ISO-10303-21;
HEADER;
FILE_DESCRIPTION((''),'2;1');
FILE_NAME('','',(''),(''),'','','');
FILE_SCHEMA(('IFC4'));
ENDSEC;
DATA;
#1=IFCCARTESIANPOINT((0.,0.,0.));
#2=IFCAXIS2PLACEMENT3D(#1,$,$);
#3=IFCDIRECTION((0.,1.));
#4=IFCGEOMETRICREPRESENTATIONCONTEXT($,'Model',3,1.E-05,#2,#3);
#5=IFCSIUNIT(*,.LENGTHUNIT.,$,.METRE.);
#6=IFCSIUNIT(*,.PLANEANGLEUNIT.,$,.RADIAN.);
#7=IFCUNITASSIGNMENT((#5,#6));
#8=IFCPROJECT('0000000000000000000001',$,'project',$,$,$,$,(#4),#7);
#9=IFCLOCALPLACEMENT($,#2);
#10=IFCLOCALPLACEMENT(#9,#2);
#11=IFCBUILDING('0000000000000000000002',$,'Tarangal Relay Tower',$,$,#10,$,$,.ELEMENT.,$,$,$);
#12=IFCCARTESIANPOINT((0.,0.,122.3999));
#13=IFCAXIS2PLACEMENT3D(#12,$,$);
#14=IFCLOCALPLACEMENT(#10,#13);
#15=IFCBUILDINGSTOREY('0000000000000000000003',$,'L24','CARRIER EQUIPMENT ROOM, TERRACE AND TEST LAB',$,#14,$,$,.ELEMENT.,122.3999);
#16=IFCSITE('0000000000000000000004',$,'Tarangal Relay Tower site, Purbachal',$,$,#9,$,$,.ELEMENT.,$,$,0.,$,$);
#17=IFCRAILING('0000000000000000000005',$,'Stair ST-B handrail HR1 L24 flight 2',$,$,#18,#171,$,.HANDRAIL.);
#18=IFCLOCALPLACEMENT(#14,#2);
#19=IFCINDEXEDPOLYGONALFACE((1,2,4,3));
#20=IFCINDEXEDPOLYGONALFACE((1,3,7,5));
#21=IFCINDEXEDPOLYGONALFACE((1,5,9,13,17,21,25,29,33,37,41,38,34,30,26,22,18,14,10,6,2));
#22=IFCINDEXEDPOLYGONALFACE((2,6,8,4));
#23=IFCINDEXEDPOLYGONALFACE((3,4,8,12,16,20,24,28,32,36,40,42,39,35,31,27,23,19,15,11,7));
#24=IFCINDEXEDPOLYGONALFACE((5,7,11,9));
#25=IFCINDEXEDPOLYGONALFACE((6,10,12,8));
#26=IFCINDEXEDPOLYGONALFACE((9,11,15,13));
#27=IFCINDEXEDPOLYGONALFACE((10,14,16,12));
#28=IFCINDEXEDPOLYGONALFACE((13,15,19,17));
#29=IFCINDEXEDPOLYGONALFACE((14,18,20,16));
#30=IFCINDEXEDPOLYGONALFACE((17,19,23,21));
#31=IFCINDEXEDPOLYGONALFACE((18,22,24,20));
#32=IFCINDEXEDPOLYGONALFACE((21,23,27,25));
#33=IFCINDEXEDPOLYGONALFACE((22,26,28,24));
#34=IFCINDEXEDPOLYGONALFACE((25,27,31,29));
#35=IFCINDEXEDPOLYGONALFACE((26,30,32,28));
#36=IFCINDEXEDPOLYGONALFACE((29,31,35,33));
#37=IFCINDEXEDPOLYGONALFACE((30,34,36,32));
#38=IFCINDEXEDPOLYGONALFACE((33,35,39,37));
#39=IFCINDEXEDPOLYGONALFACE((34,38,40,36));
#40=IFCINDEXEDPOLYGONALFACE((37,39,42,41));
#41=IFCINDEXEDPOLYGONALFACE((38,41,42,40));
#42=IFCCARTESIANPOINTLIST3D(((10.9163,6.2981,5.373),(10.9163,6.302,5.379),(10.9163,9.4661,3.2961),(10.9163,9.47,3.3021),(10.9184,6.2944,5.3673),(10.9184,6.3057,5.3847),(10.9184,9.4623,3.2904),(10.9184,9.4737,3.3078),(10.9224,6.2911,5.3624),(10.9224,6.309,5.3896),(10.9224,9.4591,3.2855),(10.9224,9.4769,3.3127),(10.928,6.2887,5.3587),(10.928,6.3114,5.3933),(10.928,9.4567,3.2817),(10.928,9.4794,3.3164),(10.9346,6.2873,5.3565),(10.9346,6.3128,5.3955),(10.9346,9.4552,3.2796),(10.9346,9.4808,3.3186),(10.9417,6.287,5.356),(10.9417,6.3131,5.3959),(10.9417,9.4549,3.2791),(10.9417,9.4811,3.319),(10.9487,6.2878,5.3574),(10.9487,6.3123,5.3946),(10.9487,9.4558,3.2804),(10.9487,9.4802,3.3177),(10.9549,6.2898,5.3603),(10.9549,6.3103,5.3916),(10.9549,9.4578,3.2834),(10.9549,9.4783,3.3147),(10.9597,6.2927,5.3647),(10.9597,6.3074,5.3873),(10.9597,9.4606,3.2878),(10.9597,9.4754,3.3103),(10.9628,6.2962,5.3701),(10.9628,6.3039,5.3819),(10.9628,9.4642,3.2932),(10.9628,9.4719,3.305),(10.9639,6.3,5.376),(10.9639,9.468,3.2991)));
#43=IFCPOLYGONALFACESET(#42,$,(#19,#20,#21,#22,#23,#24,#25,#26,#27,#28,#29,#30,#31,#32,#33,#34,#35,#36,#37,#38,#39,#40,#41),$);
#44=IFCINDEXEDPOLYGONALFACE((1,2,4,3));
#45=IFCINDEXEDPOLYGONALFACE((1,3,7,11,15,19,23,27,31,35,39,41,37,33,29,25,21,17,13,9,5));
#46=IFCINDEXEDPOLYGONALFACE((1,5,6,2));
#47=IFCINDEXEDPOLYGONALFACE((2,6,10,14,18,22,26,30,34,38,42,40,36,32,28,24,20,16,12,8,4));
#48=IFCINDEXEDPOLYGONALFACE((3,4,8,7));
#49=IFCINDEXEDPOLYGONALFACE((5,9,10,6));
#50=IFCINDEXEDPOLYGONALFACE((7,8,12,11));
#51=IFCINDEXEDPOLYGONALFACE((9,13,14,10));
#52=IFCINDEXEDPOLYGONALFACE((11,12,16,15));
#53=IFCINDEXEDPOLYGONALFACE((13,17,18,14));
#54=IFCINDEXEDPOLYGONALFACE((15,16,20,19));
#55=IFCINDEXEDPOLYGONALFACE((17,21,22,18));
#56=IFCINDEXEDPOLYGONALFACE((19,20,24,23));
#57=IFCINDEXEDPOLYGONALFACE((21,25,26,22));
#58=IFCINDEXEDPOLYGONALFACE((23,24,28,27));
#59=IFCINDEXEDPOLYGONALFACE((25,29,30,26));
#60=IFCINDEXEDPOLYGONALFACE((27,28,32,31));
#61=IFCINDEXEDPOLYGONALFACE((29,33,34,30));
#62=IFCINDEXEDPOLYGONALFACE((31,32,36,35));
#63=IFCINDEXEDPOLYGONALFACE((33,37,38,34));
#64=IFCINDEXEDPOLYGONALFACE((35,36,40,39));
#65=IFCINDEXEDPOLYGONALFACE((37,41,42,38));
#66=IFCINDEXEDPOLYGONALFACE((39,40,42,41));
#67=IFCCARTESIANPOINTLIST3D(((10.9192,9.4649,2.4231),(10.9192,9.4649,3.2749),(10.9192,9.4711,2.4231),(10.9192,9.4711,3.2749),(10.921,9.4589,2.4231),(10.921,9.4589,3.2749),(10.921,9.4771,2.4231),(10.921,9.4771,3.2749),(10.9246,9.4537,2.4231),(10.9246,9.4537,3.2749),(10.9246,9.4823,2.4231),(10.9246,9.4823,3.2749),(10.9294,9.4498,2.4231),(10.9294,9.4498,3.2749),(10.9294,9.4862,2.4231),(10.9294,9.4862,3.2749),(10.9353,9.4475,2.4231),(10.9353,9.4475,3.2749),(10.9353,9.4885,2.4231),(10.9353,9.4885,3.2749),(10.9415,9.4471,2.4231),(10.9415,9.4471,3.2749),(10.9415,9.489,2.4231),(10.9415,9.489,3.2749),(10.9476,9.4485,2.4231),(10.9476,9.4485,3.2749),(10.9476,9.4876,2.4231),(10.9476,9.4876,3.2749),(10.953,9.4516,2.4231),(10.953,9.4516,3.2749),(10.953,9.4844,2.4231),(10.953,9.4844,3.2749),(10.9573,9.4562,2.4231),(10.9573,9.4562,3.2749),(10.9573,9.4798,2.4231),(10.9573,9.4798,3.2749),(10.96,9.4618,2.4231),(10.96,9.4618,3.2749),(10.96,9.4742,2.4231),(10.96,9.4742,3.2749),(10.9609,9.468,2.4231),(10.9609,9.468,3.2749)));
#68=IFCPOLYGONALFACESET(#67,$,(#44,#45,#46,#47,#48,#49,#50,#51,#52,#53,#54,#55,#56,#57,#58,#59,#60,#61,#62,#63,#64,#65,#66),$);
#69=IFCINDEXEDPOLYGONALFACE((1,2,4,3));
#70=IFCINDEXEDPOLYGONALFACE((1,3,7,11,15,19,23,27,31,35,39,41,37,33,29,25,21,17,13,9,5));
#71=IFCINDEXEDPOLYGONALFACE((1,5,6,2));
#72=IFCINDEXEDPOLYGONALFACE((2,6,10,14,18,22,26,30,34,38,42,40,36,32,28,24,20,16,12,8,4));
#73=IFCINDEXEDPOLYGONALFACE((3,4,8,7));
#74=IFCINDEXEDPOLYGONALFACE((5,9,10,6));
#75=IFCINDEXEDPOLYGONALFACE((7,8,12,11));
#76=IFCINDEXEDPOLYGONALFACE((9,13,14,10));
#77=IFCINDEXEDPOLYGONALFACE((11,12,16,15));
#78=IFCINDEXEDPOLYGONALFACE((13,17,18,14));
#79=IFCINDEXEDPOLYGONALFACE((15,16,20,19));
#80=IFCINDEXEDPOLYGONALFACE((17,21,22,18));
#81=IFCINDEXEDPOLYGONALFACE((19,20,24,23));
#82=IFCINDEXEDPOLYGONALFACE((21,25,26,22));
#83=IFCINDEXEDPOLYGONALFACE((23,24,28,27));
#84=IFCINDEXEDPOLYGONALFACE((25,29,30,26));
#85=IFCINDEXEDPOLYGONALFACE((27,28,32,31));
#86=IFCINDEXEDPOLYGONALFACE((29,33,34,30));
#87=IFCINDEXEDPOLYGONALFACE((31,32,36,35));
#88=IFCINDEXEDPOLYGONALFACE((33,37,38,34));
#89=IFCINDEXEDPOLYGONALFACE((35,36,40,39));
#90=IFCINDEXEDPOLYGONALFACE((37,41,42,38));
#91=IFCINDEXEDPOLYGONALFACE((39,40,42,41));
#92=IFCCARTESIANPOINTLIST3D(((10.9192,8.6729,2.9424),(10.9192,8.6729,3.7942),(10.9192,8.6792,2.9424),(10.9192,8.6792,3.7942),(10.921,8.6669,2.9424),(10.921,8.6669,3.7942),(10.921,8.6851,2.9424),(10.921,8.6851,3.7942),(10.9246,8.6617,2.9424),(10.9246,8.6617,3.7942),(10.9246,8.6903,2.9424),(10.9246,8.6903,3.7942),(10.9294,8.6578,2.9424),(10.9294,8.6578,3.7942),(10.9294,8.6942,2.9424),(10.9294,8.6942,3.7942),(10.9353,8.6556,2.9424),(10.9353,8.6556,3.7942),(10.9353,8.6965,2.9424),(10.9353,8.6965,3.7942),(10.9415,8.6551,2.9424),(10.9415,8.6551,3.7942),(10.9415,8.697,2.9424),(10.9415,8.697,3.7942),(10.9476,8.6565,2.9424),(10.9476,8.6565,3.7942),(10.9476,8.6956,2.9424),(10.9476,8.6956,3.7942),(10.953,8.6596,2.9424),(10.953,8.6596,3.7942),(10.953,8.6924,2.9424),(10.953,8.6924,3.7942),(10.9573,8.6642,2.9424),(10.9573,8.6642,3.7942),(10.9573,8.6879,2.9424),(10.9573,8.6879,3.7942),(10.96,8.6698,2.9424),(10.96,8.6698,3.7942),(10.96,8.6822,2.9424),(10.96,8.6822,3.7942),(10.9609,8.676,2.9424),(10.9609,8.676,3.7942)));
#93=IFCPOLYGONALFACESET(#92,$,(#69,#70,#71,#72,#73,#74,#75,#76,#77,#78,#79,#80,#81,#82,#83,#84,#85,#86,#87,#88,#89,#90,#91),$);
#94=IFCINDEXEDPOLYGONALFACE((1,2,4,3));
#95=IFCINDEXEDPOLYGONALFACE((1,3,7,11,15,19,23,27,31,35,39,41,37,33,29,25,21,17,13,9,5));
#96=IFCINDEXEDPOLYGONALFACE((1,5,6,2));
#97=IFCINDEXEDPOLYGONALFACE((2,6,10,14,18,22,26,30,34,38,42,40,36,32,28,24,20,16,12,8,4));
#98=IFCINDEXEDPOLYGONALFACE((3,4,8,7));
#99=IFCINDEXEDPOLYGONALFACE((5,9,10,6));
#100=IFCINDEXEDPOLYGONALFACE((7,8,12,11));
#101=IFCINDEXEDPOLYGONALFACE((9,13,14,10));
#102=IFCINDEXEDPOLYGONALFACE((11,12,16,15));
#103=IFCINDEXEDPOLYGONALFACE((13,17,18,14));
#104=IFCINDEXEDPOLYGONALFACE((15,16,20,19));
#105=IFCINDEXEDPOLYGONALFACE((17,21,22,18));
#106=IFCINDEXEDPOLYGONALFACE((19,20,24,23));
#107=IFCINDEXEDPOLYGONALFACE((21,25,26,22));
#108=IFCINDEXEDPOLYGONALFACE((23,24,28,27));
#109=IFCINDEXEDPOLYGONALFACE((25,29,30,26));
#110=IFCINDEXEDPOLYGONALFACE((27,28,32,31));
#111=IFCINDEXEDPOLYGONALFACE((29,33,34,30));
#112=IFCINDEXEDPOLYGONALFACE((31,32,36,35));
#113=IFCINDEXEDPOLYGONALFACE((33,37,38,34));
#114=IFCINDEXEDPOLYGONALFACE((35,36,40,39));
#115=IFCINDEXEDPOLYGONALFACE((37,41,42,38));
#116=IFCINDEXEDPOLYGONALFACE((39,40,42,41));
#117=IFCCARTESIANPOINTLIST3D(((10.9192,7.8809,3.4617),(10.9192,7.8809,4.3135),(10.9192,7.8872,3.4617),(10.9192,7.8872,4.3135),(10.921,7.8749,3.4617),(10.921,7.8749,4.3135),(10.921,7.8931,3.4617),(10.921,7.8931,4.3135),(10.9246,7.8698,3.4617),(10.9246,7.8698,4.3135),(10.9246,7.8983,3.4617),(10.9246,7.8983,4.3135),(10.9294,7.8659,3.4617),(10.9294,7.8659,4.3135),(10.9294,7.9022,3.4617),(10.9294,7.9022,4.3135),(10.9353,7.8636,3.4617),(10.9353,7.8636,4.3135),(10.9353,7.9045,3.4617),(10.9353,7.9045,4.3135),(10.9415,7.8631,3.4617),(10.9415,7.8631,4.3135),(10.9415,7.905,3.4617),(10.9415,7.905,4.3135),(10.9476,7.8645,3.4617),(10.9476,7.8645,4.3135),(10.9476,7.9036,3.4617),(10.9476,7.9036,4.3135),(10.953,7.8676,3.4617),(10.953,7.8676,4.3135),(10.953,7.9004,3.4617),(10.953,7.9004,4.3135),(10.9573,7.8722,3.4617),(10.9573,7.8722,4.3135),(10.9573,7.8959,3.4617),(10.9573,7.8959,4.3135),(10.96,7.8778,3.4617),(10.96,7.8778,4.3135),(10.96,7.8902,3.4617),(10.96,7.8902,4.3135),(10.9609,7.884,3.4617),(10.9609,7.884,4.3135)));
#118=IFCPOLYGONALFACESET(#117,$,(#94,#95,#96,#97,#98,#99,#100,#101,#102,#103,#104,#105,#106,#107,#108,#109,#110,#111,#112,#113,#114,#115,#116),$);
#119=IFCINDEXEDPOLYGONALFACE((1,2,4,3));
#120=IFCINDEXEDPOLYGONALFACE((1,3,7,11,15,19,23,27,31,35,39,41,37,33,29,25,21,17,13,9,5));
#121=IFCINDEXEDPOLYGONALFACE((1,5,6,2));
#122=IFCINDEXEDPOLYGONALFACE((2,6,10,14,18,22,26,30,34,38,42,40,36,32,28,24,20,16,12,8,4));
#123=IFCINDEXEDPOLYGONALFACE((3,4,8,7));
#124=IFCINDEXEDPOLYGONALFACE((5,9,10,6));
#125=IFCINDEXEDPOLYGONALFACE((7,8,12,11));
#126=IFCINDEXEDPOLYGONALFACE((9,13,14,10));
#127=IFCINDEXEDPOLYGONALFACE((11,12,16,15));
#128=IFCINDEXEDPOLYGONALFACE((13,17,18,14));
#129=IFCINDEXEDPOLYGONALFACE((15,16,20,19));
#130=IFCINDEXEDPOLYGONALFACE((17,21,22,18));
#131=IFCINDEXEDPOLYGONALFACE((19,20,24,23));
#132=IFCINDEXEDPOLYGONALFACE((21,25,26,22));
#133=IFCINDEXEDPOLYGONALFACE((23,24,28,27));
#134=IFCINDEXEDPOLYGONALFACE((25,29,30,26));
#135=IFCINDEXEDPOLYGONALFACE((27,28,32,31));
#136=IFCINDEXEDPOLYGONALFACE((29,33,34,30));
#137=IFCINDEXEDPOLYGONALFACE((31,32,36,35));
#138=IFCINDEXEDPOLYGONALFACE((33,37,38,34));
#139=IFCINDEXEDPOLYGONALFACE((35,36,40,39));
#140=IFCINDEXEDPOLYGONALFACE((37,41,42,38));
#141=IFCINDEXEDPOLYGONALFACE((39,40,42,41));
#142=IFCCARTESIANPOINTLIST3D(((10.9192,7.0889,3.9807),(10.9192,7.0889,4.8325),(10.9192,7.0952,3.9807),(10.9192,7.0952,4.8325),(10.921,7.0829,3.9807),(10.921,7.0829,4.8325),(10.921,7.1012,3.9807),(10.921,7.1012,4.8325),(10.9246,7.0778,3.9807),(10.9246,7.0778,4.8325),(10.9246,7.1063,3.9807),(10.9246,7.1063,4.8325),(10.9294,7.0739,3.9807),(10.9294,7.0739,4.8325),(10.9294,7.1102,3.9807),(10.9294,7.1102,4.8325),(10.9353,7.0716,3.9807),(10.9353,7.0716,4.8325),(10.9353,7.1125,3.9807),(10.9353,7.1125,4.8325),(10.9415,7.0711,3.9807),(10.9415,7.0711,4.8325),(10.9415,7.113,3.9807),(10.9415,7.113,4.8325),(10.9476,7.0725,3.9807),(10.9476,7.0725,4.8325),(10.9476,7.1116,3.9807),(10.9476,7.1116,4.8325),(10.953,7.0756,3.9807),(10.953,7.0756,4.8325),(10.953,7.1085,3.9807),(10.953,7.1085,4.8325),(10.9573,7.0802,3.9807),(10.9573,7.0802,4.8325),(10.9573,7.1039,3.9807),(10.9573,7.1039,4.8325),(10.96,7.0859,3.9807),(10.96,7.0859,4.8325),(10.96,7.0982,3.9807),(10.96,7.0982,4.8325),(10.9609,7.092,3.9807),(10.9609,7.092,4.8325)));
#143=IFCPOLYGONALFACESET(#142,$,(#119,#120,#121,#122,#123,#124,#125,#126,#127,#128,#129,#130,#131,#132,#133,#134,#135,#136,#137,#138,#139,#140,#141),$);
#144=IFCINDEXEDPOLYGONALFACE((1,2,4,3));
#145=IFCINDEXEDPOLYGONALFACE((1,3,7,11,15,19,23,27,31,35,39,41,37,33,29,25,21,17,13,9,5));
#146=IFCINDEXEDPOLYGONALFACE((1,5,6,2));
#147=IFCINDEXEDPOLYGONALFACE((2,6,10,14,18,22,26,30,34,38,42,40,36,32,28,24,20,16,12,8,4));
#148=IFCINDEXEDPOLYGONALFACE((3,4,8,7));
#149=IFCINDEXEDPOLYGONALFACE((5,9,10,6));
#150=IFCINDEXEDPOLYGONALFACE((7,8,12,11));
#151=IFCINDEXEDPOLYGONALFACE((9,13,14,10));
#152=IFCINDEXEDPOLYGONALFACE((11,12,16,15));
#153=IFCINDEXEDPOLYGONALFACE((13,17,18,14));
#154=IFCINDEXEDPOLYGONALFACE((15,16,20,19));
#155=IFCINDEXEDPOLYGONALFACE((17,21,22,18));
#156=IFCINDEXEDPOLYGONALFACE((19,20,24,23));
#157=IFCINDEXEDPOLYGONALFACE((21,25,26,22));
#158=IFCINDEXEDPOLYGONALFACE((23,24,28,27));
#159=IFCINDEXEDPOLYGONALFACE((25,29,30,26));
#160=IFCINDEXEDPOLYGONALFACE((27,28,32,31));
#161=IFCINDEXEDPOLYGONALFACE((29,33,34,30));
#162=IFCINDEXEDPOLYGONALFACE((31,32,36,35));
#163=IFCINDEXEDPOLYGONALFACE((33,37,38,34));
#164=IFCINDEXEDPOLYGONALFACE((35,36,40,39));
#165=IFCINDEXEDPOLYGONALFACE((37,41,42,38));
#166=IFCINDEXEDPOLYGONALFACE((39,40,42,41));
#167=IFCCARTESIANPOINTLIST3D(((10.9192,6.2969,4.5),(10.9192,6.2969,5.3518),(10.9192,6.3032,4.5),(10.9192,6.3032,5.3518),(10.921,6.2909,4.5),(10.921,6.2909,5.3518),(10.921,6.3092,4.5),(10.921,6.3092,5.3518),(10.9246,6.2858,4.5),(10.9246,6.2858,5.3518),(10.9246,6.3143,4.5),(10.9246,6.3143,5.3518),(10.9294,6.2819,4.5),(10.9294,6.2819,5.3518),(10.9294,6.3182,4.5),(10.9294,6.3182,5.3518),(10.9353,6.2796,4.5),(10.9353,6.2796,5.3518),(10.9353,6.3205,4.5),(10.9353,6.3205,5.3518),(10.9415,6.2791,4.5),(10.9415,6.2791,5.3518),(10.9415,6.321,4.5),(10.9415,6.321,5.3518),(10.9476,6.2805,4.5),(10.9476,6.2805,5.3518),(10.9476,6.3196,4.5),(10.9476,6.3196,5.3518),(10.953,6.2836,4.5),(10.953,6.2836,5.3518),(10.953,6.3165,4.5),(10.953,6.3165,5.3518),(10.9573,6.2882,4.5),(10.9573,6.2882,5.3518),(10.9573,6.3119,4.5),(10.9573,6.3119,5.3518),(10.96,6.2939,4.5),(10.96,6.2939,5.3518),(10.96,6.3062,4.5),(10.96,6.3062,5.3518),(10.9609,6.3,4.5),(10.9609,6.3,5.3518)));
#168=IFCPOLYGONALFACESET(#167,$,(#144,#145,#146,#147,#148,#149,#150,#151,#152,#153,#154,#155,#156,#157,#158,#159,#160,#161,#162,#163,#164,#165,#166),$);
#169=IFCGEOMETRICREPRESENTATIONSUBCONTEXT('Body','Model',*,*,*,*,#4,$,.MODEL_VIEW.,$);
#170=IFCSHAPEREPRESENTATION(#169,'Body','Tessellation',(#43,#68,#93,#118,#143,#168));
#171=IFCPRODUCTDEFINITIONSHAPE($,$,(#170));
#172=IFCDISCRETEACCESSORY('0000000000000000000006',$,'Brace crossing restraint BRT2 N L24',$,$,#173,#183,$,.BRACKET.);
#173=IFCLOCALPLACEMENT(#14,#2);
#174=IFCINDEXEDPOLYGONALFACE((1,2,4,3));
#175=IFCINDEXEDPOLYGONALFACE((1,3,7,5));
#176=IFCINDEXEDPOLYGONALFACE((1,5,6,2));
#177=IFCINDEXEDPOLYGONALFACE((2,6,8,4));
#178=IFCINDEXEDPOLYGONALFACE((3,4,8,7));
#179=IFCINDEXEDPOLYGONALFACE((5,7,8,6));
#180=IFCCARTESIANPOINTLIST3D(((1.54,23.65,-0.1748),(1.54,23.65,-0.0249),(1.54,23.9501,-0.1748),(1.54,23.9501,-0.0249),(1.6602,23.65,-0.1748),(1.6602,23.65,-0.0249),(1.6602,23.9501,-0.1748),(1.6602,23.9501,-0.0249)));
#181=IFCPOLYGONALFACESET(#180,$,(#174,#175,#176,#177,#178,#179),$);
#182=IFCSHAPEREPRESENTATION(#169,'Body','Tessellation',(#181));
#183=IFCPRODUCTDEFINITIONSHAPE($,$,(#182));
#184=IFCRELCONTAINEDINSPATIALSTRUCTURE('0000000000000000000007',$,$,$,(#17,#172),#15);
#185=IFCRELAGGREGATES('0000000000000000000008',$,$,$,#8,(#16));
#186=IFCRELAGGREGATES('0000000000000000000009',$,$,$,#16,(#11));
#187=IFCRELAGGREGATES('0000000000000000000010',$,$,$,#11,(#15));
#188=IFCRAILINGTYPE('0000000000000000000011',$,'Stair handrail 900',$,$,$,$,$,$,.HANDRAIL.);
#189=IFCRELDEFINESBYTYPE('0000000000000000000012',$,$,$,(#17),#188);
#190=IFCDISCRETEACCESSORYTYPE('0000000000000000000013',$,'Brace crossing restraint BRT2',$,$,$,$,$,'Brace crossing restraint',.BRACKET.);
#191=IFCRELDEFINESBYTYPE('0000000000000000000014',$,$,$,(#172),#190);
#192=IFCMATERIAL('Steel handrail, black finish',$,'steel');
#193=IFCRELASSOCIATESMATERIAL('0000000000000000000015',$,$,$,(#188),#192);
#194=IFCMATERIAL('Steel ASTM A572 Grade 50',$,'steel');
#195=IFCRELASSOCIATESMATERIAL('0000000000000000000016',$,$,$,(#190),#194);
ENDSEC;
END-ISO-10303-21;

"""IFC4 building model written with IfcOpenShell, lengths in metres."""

from ifc_helpers import new_model, si_unit, direction, frame, origin, origin_2d, place, context, subcontext, project, spatial, rectangle, circle, extrude, material, type_object, element, save


model = new_model("IFC4")

# Units and contexts
model_context = context("Model", 3, precision=1e-05, world=origin(), true_north=direction((0.0, 1.0)))
body_context = subcontext(model_context, "Body", "Model", "MODEL_VIEW")
ifc_project = project(units=[si_unit("LENGTHUNIT", "METRE"), si_unit("PLANEANGLEUNIT", "RADIAN")], contexts=[model_context])

# Site, building, storey
site_placement = place(None, origin())
site = spatial("IfcSite", under=ifc_project, at=site_placement, Name="Tarangal Relay Tower site, Purbachal", CompositionType="ELEMENT", RefElevation=0.0)
building_placement = place(site_placement, origin())
building = spatial("IfcBuilding", under=site, at=building_placement, Name="Tarangal Relay Tower", CompositionType="ELEMENT")
storey_placement = place(building_placement, frame((0.0, 0.0, 122.3999)))
storey = spatial("IfcBuildingStorey", under=building, at=storey_placement, Name="L24", Description="CARRIER EQUIPMENT ROOM, TERRACE AND TEST LAB", CompositionType="ELEMENT", Elevation=122.3999)

# Shared definitions
ifc_material_1 = material(Name="Steel ASTM A572 Grade 50", Category="steel")

# Railing
ifc_material_2 = material(Name="Steel handrail, black finish", Category="steel")
railing_type_1 = type_object("IfcRailingType", Name="Stair handrail 900", PredefinedType="HANDRAIL", material=ifc_material_2)
railing_1_placement = place(storey_placement, frame((10.9399, 9.468, 2.4231)))
element("IfcRailing", 1, at=railing_1_placement, inside=storey, type_object=railing_type_1, Name="Stair ST-B handrail HR1 L24 flight 2", PredefinedType="HANDRAIL", context=body_context, shape_type="SweptSolid", body=[
    extrude(circle(Radius=0.0239, at=origin_2d()), frame((0.0, 0.0, 0.876), z_axis=(0.0, -0.836299, 0.548273), x_axis=(1.0, 0.0, 0.0)), (0.0, 0.0, 1.0), 3.7881),
    extrude(circle(Radius=0.021, at=origin_2d()), origin(), (0.0, 0.0, 1.0), 0.8518),
    extrude(circle(Radius=0.021, at=origin_2d()), frame((0.0, -0.792, 0.5193)), (0.0, 0.0, 1.0), 0.8518),
    extrude(circle(Radius=0.021, at=origin_2d()), frame((0.0, -1.584, 1.0386)), (0.0, 0.0, 1.0), 0.8518),
    extrude(circle(Radius=0.021, at=origin_2d()), frame((0.0, -2.376, 1.5576)), (0.0, 0.0, 1.0), 0.8518),
    extrude(circle(Radius=0.021, at=origin_2d()), frame((0.0, -3.168, 2.0769)), (0.0, 0.0, 1.0), 0.8518),
])

# Discrete accessory
discrete_accessory_type = type_object("IfcDiscreteAccessoryType", Name="Brace crossing restraint BRT2", ElementType="Brace crossing restraint", PredefinedType="BRACKET", material=ifc_material_1)
discrete_accessory_placement = place(storey_placement, frame((1.6001, 23.8, -0.1748), z_axis=(0.0, 0.0, 1.0), x_axis=(1.0, 0.0, 0.0)))
element("IfcDiscreteAccessory", 2, at=discrete_accessory_placement, inside=storey, type_object=discrete_accessory_type, Name="Brace crossing restraint BRT2 N L24", PredefinedType="BRACKET", context=body_context, shape_type="SweptSolid", body=[
    extrude(rectangle(XDim=0.1201, YDim=0.3, at=origin_2d()), origin(), (0.0, 0.0, 1.0), 0.1499),
])

save(model, "model.ifc")
